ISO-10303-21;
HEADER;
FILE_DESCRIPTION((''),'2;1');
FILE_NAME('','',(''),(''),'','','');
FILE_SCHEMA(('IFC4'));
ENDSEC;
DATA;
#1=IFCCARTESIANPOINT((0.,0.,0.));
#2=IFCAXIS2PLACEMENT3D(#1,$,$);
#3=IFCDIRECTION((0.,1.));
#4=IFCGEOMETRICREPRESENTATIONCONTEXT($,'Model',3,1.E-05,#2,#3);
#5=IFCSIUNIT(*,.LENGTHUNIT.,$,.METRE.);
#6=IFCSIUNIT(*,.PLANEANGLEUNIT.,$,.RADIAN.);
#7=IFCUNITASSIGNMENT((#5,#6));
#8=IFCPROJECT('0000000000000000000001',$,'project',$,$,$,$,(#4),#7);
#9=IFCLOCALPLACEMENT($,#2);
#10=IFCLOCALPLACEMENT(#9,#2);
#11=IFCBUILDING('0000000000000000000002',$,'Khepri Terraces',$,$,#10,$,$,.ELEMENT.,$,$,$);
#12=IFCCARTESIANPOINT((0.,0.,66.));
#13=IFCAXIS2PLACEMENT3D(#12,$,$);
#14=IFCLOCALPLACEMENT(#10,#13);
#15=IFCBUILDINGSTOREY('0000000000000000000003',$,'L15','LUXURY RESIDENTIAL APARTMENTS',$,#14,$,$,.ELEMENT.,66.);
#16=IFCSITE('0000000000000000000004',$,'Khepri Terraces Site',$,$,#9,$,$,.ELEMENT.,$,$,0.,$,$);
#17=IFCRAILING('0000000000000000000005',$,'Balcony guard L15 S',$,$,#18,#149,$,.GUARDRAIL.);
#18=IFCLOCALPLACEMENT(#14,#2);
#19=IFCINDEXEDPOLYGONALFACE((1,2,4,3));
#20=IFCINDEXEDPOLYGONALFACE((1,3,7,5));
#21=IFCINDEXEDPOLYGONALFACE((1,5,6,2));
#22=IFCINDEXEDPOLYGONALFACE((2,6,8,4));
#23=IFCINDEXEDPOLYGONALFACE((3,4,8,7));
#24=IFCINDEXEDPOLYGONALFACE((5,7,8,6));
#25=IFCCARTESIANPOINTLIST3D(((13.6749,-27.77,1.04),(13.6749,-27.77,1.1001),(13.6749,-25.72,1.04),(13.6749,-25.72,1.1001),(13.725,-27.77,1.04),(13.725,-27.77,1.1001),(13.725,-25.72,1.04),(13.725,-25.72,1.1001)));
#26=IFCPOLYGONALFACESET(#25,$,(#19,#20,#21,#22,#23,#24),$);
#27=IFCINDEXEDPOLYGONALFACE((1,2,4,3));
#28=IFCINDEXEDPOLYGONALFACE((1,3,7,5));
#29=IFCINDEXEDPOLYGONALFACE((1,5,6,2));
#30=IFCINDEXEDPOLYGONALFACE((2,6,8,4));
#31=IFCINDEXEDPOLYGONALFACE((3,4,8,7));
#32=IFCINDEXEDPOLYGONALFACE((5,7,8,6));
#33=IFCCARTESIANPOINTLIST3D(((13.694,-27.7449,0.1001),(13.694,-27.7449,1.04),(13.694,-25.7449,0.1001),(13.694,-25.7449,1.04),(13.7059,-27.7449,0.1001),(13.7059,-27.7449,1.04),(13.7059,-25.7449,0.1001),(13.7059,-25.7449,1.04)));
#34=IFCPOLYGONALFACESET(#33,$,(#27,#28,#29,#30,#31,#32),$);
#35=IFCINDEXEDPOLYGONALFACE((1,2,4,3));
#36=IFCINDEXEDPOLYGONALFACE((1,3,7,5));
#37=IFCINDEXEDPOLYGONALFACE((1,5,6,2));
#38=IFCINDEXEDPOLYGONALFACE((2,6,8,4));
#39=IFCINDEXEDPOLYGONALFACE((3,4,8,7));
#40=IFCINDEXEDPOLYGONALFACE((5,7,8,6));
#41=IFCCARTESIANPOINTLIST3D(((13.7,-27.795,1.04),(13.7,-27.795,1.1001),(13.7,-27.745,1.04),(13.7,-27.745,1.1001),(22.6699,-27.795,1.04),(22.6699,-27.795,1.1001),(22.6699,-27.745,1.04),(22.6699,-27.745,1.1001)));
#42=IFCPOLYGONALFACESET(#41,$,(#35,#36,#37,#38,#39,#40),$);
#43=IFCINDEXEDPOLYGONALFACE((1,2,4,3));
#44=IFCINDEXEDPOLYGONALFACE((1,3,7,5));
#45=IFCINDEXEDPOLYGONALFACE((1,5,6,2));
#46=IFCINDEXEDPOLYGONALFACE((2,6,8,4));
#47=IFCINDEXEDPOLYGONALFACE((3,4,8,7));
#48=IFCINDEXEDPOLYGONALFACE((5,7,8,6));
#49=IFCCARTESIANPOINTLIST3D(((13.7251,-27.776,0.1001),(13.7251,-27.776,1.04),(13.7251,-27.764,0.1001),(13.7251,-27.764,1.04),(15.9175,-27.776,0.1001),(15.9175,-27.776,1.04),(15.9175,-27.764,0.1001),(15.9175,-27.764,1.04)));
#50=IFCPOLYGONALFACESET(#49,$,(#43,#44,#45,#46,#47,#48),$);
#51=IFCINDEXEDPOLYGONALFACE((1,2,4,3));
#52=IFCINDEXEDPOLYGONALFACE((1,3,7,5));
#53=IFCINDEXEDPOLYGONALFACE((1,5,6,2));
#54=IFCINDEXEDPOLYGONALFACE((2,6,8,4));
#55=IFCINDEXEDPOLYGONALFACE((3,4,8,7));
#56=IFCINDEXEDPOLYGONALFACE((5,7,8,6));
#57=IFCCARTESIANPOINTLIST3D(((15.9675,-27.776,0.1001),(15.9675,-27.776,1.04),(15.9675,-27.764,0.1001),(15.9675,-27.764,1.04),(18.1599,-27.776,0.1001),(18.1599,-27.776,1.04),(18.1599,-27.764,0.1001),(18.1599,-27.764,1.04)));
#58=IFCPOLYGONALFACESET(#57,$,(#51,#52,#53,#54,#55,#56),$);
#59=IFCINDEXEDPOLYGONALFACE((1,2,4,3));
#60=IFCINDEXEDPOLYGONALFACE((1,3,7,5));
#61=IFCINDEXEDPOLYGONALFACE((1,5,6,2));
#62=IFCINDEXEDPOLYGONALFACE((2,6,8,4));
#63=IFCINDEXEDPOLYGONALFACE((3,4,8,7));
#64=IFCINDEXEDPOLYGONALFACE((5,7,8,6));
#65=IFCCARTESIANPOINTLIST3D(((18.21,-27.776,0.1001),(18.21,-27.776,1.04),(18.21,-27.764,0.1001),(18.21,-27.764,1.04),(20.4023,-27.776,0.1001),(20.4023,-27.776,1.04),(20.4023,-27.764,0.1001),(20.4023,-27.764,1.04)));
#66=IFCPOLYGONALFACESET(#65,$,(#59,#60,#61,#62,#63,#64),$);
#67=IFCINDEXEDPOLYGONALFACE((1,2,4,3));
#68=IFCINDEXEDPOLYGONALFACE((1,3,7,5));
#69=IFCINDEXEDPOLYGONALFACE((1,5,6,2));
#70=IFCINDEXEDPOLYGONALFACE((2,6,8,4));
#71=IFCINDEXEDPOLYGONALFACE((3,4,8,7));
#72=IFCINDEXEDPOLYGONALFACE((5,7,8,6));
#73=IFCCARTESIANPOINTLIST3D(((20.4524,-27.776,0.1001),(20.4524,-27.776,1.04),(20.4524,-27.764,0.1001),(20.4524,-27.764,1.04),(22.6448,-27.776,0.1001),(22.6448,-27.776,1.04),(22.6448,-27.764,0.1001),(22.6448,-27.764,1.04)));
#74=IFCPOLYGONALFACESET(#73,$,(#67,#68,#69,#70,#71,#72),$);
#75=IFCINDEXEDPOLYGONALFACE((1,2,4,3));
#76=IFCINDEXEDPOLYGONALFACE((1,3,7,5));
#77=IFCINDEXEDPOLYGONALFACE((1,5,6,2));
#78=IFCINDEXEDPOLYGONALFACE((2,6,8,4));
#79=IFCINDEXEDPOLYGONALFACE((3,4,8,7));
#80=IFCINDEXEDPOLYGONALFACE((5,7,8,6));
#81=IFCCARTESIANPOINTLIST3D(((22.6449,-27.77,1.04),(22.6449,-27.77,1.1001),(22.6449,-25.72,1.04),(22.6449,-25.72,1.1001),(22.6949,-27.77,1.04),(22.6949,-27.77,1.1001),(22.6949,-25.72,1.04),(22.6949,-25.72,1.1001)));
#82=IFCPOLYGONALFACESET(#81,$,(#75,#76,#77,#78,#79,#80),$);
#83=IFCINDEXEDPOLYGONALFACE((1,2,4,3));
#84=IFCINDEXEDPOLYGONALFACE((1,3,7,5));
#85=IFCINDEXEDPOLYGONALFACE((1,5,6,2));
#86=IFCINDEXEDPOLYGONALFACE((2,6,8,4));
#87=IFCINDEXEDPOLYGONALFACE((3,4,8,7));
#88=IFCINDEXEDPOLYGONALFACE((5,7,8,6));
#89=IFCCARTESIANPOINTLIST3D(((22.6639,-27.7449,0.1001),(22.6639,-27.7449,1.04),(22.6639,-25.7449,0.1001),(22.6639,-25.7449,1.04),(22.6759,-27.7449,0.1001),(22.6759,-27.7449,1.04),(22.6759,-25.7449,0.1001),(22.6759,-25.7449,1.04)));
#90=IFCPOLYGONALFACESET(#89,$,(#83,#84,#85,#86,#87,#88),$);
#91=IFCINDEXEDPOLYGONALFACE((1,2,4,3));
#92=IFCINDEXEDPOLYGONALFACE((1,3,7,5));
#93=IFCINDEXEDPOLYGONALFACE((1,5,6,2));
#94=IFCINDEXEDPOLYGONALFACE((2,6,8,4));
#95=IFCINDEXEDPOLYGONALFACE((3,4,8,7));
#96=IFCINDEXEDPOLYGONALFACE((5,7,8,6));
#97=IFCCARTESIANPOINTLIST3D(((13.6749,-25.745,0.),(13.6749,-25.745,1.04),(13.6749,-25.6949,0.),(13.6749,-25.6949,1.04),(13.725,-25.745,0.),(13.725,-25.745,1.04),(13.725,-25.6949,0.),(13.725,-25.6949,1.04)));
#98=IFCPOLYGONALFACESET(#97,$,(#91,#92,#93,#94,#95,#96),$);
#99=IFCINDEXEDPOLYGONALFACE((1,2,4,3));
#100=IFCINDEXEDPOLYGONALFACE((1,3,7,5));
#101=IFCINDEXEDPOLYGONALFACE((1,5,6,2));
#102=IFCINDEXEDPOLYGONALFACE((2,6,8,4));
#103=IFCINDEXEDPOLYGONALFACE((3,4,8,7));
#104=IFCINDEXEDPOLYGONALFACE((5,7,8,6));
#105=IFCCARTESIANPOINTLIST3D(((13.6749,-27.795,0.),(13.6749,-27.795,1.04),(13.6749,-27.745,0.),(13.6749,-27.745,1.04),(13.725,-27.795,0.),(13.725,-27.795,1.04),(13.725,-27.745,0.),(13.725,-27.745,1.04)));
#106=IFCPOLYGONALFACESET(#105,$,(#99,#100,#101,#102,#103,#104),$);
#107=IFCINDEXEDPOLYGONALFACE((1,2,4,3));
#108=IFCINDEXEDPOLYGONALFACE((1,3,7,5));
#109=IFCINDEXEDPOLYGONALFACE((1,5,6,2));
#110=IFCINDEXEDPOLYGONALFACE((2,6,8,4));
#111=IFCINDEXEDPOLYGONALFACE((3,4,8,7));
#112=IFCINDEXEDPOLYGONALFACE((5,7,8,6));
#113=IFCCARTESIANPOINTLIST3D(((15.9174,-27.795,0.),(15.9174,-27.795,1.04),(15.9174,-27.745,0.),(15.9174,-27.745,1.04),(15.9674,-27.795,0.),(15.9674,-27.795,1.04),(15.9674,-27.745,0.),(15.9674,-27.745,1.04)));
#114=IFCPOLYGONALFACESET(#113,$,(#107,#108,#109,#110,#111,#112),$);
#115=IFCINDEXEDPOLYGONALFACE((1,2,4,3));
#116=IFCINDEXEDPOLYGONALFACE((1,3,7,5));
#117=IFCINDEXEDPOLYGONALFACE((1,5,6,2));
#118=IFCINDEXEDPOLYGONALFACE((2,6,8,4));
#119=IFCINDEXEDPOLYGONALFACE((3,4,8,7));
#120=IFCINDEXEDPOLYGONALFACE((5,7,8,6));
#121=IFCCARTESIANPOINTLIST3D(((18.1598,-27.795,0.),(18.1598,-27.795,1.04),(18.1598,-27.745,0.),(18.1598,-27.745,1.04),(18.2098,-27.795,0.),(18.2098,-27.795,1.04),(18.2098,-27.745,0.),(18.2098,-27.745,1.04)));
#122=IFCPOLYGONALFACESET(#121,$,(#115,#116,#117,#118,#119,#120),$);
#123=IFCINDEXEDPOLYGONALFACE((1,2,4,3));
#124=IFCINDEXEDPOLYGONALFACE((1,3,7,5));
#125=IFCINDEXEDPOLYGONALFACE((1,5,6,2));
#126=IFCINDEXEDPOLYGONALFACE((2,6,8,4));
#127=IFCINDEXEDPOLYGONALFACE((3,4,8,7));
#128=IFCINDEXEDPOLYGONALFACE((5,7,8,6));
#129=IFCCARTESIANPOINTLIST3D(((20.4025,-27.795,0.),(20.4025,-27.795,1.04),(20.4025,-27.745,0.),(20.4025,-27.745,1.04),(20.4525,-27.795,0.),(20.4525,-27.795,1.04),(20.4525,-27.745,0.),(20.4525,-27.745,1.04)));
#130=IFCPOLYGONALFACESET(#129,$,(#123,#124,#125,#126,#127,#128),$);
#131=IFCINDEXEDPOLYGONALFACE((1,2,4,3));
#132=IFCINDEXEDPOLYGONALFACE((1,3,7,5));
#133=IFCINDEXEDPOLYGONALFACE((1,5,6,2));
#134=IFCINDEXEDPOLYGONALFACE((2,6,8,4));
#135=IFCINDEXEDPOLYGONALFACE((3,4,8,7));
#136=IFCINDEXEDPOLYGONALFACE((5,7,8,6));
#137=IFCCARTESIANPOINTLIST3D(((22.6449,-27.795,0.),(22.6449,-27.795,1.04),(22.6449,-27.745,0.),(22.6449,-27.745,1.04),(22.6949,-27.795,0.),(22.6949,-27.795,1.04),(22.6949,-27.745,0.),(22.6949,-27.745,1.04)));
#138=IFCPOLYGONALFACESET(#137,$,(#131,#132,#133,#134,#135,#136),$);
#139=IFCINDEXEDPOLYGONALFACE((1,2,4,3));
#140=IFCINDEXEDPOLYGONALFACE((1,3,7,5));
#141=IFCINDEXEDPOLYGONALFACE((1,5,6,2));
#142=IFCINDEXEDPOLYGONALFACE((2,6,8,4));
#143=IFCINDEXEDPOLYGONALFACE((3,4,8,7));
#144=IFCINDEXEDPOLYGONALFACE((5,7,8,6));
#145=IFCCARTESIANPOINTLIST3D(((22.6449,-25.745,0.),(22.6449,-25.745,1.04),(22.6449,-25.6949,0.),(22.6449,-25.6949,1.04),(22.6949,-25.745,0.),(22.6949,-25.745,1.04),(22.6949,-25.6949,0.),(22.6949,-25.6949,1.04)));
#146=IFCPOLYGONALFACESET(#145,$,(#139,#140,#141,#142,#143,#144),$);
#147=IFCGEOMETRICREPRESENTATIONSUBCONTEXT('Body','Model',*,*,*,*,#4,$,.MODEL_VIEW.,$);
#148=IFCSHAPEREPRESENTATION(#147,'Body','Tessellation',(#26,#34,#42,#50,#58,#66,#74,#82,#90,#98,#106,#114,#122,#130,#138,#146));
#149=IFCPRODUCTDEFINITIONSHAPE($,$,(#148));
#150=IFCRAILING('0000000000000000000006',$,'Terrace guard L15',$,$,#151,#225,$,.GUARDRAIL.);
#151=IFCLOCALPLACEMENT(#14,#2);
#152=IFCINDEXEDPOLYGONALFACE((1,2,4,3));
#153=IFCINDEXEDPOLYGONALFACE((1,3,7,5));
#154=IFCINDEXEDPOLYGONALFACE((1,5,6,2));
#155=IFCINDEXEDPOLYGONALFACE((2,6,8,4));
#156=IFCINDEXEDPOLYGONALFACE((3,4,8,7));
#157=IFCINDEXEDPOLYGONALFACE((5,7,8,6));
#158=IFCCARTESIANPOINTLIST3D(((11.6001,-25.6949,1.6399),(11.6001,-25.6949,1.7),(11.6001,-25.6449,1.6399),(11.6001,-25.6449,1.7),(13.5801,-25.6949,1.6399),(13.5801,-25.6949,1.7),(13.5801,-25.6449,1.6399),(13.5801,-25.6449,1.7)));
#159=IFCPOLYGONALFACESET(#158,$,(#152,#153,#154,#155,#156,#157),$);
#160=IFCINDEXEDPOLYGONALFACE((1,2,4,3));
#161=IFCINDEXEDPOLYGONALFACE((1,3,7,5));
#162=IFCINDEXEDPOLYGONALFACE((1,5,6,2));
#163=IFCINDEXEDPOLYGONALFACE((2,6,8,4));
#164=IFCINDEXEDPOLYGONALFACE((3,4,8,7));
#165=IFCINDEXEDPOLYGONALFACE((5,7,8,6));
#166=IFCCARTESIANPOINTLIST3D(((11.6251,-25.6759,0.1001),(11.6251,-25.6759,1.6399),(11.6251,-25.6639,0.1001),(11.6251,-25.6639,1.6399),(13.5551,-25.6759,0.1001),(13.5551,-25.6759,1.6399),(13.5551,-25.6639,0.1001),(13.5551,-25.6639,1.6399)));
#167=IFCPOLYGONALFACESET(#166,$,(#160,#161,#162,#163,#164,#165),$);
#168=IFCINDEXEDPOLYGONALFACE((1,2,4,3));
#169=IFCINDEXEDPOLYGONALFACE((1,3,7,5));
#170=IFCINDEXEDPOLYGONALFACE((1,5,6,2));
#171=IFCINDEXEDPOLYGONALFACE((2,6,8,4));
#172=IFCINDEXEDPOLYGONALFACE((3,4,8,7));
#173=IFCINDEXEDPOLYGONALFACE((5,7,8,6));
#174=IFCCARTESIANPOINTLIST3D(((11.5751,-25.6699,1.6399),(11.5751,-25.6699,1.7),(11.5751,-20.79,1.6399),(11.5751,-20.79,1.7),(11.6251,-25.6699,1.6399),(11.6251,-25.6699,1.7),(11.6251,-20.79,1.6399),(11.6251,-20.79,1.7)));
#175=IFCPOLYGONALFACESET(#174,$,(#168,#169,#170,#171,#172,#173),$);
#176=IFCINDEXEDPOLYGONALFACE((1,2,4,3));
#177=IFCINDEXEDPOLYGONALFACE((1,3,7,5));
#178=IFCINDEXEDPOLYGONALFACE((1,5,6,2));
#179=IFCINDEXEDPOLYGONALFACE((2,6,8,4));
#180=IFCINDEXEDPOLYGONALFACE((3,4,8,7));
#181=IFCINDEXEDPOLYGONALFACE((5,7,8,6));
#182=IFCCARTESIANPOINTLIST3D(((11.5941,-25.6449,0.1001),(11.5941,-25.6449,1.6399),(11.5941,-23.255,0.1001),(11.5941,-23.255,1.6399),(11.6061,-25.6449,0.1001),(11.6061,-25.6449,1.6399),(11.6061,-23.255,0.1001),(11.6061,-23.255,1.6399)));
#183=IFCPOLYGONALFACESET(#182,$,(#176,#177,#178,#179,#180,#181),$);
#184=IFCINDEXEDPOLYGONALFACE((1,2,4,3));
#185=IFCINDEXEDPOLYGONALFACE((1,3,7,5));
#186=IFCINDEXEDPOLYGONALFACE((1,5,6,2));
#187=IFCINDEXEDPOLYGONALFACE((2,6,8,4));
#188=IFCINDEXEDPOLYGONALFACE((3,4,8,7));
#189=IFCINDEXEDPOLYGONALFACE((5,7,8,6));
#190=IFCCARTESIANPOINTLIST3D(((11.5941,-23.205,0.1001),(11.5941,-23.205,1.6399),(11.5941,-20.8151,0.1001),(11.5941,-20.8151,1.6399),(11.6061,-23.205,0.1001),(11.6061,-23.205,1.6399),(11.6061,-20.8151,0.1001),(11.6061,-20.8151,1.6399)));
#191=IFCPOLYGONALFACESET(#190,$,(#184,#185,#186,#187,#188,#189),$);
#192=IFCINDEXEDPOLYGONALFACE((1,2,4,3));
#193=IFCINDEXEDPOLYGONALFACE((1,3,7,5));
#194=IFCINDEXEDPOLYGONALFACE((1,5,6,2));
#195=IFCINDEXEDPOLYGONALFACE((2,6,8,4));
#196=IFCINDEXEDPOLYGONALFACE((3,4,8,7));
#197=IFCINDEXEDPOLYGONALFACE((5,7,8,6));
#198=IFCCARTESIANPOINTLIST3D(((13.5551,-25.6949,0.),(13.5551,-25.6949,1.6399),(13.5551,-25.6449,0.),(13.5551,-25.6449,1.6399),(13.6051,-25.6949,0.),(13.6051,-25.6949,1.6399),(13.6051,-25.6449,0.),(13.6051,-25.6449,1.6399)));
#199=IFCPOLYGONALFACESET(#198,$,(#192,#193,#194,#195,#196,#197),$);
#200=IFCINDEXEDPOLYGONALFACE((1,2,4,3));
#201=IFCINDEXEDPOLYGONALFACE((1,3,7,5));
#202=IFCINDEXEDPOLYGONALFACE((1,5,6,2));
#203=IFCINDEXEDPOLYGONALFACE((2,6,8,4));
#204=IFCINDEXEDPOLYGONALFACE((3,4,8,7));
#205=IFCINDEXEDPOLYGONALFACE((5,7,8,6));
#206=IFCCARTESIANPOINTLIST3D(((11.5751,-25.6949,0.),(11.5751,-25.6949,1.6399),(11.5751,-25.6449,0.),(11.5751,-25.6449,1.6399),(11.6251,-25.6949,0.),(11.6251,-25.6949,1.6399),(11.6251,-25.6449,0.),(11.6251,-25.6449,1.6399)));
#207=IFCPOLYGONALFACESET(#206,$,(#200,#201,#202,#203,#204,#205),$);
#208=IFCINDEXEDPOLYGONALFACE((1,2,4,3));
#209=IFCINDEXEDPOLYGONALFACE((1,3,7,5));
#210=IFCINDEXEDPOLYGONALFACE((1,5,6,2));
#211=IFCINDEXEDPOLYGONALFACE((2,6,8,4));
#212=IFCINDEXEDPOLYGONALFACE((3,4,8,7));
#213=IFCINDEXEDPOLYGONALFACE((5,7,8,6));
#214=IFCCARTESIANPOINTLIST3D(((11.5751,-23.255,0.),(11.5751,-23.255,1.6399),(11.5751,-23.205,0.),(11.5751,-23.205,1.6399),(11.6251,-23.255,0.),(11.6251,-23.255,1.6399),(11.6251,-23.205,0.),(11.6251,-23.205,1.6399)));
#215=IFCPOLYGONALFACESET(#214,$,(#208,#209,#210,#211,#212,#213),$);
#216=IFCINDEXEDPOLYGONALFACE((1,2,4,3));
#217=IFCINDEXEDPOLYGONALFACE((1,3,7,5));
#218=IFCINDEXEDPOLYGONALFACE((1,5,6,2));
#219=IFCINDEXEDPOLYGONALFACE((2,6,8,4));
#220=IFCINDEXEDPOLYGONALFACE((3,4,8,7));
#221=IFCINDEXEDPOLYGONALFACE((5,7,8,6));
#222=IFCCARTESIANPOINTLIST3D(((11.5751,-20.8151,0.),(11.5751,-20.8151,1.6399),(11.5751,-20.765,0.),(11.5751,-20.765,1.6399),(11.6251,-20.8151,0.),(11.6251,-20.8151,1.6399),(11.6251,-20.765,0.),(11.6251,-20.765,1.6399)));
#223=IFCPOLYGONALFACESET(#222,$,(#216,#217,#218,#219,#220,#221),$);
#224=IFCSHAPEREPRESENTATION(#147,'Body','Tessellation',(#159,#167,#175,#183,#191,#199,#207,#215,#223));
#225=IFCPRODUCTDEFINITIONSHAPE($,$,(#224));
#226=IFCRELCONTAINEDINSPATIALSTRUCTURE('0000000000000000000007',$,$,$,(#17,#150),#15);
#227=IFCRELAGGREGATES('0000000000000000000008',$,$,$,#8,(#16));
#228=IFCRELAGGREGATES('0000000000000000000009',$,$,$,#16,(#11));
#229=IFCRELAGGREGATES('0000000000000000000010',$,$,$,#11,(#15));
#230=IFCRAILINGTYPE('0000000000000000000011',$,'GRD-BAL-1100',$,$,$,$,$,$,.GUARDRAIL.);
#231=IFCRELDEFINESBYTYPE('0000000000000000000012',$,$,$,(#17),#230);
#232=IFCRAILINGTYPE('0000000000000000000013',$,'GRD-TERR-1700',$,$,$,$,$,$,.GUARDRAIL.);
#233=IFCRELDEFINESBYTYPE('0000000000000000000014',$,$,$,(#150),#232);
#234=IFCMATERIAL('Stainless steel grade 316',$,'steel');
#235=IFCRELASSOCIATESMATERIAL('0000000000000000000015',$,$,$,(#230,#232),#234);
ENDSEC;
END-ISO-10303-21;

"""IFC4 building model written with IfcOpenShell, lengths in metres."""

from ifc_helpers import new_model, si_unit, direction, frame, origin, origin_2d, place, context, subcontext, project, spatial, rectangle, extrude, material, type_object, element, save


model = new_model("IFC4")

# Units and contexts
model_context = context("Model", 3, precision=1e-05, world=origin(), true_north=direction((0.0, 1.0)))
body_context = subcontext(model_context, "Body", "Model", "MODEL_VIEW")
ifc_project = project(units=[si_unit("LENGTHUNIT", "METRE"), si_unit("PLANEANGLEUNIT", "RADIAN")], contexts=[model_context])

# Site, building, storey
site_placement = place(None, origin())
site = spatial("IfcSite", under=ifc_project, at=site_placement, Name="Khepri Terraces Site", CompositionType="ELEMENT", RefElevation=0.0)
building_placement = place(site_placement, origin())
building = spatial("IfcBuilding", under=site, at=building_placement, Name="Khepri Terraces", CompositionType="ELEMENT")
storey_placement = place(building_placement, frame((0.0, 0.0, 66.0)))
storey = spatial("IfcBuildingStorey", under=building, at=storey_placement, Name="L15", Description="LUXURY RESIDENTIAL APARTMENTS", CompositionType="ELEMENT", Elevation=66.0)

# Railings
ifc_material_1 = material(Name="Stainless steel grade 316", Category="steel")
railing_type_1 = type_object("IfcRailingType", Name="GRD-BAL-1100", PredefinedType="GUARDRAIL", material=ifc_material_1)
railing_1_placement = place(storey_placement, frame((13.7, -25.72, 0.0)))
element("IfcRailing", 1, at=railing_1_placement, inside=storey, type_object=railing_type_1, Name="Balcony guard L15 S", PredefinedType="GUARDRAIL", context=body_context, shape_type="SweptSolid", body=[
    extrude(rectangle(XDim=0.05, YDim=0.0601, at=origin_2d()), frame((0.0, 0.0, 1.0701), z_axis=(0.0, -1.0, 0.0), x_axis=(1.0, 0.0, 0.0)), (0.0, 0.0, 1.0), 2.05),
    extrude(rectangle(XDim=2.0, YDim=0.012, at=origin_2d()), frame((0.0, -1.0249, 0.1001), z_axis=(0.0, 0.0, 1.0), x_axis=(0.0, -1.0, 0.0)), (0.0, 0.0, 1.0), 0.9399),
    extrude(rectangle(XDim=0.05, YDim=0.0601, at=origin_2d()), frame((0.0, -2.05, 1.0701), z_axis=(1.0, 0.0, 0.0), x_axis=(0.0, 1.0, 0.0)), (0.0, 0.0, 1.0), 8.97),
    extrude(rectangle(XDim=2.1924, YDim=0.012, at=origin_2d()), frame((1.1213, -2.05, 0.1001), z_axis=(0.0, 0.0, 1.0), x_axis=(1.0, 0.0, 0.0)), (0.0, 0.0, 1.0), 0.9399),
    extrude(rectangle(XDim=2.1924, YDim=0.012, at=origin_2d()), frame((3.3638, -2.05, 0.1001), z_axis=(0.0, 0.0, 1.0), x_axis=(1.0, 0.0, 0.0)), (0.0, 0.0, 1.0), 0.9399),
    extrude(rectangle(XDim=2.1924, YDim=0.012, at=origin_2d()), frame((5.6062, -2.05, 0.1001), z_axis=(0.0, 0.0, 1.0), x_axis=(1.0, 0.0, 0.0)), (0.0, 0.0, 1.0), 0.9399),
    extrude(rectangle(XDim=2.1924, YDim=0.012, at=origin_2d()), frame((7.8486, -2.05, 0.1001), z_axis=(0.0, 0.0, 1.0), x_axis=(1.0, 0.0, 0.0)), (0.0, 0.0, 1.0), 0.9399),
    extrude(rectangle(XDim=0.05, YDim=0.0601, at=origin_2d()), frame((8.97, -2.05, 1.0701), z_axis=(0.0, 1.0, 0.0), x_axis=(-1.0, 0.0, 0.0)), (0.0, 0.0, 1.0), 2.05),
    extrude(rectangle(XDim=2.0, YDim=0.012, at=origin_2d()), frame((8.97, -1.0249, 0.1001), z_axis=(0.0, 0.0, 1.0), x_axis=(0.0, 1.0, 0.0)), (0.0, 0.0, 1.0), 0.9399),
    extrude(rectangle(XDim=0.05, YDim=0.05, at=origin_2d()), origin(), (0.0, 0.0, 1.0), 1.04),
    extrude(rectangle(XDim=0.05, YDim=0.05, at=origin_2d()), frame((0.0, -2.05, 0.0)), (0.0, 0.0, 1.0), 1.04),
    extrude(rectangle(XDim=0.05, YDim=0.05, at=origin_2d()), frame((2.2424, -2.05, 0.0)), (0.0, 0.0, 1.0), 1.04),
    extrude(rectangle(XDim=0.05, YDim=0.05, at=origin_2d()), frame((4.4849, -2.05, 0.0)), (0.0, 0.0, 1.0), 1.04),
    extrude(rectangle(XDim=0.05, YDim=0.05, at=origin_2d()), frame((6.7275, -2.05, 0.0)), (0.0, 0.0, 1.0), 1.04),
    extrude(rectangle(XDim=0.05, YDim=0.05, at=origin_2d()), frame((8.97, -2.05, 0.0)), (0.0, 0.0, 1.0), 1.04),
    extrude(rectangle(XDim=0.05, YDim=0.05, at=origin_2d()), frame((8.97, 0.0, 0.0)), (0.0, 0.0, 1.0), 1.04),
])
railing_type_2 = type_object("IfcRailingType", Name="GRD-TERR-1700", PredefinedType="GUARDRAIL", material=ifc_material_1)
railing_2_placement = place(storey_placement, frame((13.5801, -25.6699, 0.0)))
element("IfcRailing", 2, at=railing_2_placement, inside=storey, type_object=railing_type_2, Name="Terrace guard L15", PredefinedType="GUARDRAIL", context=body_context, shape_type="SweptSolid", body=[
    extrude(rectangle(XDim=0.05, YDim=0.0601, at=origin_2d()), frame((0.0, 0.0, 1.6699), z_axis=(-1.0, 0.0, 0.0), x_axis=(0.0, -1.0, 0.0)), (0.0, 0.0, 1.0), 1.98),
    extrude(rectangle(XDim=1.9299, YDim=0.012, at=origin_2d()), frame((-0.99, 0.0, 0.1001), z_axis=(0.0, 0.0, 1.0), x_axis=(-1.0, 0.0, 0.0)), (0.0, 0.0, 1.0), 1.5398),
    extrude(rectangle(XDim=0.05, YDim=0.0601, at=origin_2d()), frame((-1.98, 0.0, 1.6699), z_axis=(0.0, 1.0, 0.0), x_axis=(-1.0, 0.0, 0.0)), (0.0, 0.0, 1.0), 4.8799),
    extrude(rectangle(XDim=2.3899, YDim=0.012, at=origin_2d()), frame((-1.98, 1.22, 0.1001), z_axis=(0.0, 0.0, 1.0), x_axis=(0.0, 1.0, 0.0)), (0.0, 0.0, 1.0), 1.5398),
    extrude(rectangle(XDim=2.3899, YDim=0.012, at=origin_2d()), frame((-1.98, 3.6599, 0.1001), z_axis=(0.0, 0.0, 1.0), x_axis=(0.0, 1.0, 0.0)), (0.0, 0.0, 1.0), 1.5398),
    extrude(rectangle(XDim=0.05, YDim=0.05, at=origin_2d()), origin(), (0.0, 0.0, 1.0), 1.6399),
    extrude(rectangle(XDim=0.05, YDim=0.05, at=origin_2d()), frame((-1.98, 0.0, 0.0)), (0.0, 0.0, 1.0), 1.6399),
    extrude(rectangle(XDim=0.05, YDim=0.05, at=origin_2d()), frame((-1.98, 2.4399, 0.0)), (0.0, 0.0, 1.0), 1.6399),
    extrude(rectangle(XDim=0.05, YDim=0.05, at=origin_2d()), frame((-1.98, 4.8799, 0.0)), (0.0, 0.0, 1.0), 1.6399),
])

save(model, "model.ifc")
